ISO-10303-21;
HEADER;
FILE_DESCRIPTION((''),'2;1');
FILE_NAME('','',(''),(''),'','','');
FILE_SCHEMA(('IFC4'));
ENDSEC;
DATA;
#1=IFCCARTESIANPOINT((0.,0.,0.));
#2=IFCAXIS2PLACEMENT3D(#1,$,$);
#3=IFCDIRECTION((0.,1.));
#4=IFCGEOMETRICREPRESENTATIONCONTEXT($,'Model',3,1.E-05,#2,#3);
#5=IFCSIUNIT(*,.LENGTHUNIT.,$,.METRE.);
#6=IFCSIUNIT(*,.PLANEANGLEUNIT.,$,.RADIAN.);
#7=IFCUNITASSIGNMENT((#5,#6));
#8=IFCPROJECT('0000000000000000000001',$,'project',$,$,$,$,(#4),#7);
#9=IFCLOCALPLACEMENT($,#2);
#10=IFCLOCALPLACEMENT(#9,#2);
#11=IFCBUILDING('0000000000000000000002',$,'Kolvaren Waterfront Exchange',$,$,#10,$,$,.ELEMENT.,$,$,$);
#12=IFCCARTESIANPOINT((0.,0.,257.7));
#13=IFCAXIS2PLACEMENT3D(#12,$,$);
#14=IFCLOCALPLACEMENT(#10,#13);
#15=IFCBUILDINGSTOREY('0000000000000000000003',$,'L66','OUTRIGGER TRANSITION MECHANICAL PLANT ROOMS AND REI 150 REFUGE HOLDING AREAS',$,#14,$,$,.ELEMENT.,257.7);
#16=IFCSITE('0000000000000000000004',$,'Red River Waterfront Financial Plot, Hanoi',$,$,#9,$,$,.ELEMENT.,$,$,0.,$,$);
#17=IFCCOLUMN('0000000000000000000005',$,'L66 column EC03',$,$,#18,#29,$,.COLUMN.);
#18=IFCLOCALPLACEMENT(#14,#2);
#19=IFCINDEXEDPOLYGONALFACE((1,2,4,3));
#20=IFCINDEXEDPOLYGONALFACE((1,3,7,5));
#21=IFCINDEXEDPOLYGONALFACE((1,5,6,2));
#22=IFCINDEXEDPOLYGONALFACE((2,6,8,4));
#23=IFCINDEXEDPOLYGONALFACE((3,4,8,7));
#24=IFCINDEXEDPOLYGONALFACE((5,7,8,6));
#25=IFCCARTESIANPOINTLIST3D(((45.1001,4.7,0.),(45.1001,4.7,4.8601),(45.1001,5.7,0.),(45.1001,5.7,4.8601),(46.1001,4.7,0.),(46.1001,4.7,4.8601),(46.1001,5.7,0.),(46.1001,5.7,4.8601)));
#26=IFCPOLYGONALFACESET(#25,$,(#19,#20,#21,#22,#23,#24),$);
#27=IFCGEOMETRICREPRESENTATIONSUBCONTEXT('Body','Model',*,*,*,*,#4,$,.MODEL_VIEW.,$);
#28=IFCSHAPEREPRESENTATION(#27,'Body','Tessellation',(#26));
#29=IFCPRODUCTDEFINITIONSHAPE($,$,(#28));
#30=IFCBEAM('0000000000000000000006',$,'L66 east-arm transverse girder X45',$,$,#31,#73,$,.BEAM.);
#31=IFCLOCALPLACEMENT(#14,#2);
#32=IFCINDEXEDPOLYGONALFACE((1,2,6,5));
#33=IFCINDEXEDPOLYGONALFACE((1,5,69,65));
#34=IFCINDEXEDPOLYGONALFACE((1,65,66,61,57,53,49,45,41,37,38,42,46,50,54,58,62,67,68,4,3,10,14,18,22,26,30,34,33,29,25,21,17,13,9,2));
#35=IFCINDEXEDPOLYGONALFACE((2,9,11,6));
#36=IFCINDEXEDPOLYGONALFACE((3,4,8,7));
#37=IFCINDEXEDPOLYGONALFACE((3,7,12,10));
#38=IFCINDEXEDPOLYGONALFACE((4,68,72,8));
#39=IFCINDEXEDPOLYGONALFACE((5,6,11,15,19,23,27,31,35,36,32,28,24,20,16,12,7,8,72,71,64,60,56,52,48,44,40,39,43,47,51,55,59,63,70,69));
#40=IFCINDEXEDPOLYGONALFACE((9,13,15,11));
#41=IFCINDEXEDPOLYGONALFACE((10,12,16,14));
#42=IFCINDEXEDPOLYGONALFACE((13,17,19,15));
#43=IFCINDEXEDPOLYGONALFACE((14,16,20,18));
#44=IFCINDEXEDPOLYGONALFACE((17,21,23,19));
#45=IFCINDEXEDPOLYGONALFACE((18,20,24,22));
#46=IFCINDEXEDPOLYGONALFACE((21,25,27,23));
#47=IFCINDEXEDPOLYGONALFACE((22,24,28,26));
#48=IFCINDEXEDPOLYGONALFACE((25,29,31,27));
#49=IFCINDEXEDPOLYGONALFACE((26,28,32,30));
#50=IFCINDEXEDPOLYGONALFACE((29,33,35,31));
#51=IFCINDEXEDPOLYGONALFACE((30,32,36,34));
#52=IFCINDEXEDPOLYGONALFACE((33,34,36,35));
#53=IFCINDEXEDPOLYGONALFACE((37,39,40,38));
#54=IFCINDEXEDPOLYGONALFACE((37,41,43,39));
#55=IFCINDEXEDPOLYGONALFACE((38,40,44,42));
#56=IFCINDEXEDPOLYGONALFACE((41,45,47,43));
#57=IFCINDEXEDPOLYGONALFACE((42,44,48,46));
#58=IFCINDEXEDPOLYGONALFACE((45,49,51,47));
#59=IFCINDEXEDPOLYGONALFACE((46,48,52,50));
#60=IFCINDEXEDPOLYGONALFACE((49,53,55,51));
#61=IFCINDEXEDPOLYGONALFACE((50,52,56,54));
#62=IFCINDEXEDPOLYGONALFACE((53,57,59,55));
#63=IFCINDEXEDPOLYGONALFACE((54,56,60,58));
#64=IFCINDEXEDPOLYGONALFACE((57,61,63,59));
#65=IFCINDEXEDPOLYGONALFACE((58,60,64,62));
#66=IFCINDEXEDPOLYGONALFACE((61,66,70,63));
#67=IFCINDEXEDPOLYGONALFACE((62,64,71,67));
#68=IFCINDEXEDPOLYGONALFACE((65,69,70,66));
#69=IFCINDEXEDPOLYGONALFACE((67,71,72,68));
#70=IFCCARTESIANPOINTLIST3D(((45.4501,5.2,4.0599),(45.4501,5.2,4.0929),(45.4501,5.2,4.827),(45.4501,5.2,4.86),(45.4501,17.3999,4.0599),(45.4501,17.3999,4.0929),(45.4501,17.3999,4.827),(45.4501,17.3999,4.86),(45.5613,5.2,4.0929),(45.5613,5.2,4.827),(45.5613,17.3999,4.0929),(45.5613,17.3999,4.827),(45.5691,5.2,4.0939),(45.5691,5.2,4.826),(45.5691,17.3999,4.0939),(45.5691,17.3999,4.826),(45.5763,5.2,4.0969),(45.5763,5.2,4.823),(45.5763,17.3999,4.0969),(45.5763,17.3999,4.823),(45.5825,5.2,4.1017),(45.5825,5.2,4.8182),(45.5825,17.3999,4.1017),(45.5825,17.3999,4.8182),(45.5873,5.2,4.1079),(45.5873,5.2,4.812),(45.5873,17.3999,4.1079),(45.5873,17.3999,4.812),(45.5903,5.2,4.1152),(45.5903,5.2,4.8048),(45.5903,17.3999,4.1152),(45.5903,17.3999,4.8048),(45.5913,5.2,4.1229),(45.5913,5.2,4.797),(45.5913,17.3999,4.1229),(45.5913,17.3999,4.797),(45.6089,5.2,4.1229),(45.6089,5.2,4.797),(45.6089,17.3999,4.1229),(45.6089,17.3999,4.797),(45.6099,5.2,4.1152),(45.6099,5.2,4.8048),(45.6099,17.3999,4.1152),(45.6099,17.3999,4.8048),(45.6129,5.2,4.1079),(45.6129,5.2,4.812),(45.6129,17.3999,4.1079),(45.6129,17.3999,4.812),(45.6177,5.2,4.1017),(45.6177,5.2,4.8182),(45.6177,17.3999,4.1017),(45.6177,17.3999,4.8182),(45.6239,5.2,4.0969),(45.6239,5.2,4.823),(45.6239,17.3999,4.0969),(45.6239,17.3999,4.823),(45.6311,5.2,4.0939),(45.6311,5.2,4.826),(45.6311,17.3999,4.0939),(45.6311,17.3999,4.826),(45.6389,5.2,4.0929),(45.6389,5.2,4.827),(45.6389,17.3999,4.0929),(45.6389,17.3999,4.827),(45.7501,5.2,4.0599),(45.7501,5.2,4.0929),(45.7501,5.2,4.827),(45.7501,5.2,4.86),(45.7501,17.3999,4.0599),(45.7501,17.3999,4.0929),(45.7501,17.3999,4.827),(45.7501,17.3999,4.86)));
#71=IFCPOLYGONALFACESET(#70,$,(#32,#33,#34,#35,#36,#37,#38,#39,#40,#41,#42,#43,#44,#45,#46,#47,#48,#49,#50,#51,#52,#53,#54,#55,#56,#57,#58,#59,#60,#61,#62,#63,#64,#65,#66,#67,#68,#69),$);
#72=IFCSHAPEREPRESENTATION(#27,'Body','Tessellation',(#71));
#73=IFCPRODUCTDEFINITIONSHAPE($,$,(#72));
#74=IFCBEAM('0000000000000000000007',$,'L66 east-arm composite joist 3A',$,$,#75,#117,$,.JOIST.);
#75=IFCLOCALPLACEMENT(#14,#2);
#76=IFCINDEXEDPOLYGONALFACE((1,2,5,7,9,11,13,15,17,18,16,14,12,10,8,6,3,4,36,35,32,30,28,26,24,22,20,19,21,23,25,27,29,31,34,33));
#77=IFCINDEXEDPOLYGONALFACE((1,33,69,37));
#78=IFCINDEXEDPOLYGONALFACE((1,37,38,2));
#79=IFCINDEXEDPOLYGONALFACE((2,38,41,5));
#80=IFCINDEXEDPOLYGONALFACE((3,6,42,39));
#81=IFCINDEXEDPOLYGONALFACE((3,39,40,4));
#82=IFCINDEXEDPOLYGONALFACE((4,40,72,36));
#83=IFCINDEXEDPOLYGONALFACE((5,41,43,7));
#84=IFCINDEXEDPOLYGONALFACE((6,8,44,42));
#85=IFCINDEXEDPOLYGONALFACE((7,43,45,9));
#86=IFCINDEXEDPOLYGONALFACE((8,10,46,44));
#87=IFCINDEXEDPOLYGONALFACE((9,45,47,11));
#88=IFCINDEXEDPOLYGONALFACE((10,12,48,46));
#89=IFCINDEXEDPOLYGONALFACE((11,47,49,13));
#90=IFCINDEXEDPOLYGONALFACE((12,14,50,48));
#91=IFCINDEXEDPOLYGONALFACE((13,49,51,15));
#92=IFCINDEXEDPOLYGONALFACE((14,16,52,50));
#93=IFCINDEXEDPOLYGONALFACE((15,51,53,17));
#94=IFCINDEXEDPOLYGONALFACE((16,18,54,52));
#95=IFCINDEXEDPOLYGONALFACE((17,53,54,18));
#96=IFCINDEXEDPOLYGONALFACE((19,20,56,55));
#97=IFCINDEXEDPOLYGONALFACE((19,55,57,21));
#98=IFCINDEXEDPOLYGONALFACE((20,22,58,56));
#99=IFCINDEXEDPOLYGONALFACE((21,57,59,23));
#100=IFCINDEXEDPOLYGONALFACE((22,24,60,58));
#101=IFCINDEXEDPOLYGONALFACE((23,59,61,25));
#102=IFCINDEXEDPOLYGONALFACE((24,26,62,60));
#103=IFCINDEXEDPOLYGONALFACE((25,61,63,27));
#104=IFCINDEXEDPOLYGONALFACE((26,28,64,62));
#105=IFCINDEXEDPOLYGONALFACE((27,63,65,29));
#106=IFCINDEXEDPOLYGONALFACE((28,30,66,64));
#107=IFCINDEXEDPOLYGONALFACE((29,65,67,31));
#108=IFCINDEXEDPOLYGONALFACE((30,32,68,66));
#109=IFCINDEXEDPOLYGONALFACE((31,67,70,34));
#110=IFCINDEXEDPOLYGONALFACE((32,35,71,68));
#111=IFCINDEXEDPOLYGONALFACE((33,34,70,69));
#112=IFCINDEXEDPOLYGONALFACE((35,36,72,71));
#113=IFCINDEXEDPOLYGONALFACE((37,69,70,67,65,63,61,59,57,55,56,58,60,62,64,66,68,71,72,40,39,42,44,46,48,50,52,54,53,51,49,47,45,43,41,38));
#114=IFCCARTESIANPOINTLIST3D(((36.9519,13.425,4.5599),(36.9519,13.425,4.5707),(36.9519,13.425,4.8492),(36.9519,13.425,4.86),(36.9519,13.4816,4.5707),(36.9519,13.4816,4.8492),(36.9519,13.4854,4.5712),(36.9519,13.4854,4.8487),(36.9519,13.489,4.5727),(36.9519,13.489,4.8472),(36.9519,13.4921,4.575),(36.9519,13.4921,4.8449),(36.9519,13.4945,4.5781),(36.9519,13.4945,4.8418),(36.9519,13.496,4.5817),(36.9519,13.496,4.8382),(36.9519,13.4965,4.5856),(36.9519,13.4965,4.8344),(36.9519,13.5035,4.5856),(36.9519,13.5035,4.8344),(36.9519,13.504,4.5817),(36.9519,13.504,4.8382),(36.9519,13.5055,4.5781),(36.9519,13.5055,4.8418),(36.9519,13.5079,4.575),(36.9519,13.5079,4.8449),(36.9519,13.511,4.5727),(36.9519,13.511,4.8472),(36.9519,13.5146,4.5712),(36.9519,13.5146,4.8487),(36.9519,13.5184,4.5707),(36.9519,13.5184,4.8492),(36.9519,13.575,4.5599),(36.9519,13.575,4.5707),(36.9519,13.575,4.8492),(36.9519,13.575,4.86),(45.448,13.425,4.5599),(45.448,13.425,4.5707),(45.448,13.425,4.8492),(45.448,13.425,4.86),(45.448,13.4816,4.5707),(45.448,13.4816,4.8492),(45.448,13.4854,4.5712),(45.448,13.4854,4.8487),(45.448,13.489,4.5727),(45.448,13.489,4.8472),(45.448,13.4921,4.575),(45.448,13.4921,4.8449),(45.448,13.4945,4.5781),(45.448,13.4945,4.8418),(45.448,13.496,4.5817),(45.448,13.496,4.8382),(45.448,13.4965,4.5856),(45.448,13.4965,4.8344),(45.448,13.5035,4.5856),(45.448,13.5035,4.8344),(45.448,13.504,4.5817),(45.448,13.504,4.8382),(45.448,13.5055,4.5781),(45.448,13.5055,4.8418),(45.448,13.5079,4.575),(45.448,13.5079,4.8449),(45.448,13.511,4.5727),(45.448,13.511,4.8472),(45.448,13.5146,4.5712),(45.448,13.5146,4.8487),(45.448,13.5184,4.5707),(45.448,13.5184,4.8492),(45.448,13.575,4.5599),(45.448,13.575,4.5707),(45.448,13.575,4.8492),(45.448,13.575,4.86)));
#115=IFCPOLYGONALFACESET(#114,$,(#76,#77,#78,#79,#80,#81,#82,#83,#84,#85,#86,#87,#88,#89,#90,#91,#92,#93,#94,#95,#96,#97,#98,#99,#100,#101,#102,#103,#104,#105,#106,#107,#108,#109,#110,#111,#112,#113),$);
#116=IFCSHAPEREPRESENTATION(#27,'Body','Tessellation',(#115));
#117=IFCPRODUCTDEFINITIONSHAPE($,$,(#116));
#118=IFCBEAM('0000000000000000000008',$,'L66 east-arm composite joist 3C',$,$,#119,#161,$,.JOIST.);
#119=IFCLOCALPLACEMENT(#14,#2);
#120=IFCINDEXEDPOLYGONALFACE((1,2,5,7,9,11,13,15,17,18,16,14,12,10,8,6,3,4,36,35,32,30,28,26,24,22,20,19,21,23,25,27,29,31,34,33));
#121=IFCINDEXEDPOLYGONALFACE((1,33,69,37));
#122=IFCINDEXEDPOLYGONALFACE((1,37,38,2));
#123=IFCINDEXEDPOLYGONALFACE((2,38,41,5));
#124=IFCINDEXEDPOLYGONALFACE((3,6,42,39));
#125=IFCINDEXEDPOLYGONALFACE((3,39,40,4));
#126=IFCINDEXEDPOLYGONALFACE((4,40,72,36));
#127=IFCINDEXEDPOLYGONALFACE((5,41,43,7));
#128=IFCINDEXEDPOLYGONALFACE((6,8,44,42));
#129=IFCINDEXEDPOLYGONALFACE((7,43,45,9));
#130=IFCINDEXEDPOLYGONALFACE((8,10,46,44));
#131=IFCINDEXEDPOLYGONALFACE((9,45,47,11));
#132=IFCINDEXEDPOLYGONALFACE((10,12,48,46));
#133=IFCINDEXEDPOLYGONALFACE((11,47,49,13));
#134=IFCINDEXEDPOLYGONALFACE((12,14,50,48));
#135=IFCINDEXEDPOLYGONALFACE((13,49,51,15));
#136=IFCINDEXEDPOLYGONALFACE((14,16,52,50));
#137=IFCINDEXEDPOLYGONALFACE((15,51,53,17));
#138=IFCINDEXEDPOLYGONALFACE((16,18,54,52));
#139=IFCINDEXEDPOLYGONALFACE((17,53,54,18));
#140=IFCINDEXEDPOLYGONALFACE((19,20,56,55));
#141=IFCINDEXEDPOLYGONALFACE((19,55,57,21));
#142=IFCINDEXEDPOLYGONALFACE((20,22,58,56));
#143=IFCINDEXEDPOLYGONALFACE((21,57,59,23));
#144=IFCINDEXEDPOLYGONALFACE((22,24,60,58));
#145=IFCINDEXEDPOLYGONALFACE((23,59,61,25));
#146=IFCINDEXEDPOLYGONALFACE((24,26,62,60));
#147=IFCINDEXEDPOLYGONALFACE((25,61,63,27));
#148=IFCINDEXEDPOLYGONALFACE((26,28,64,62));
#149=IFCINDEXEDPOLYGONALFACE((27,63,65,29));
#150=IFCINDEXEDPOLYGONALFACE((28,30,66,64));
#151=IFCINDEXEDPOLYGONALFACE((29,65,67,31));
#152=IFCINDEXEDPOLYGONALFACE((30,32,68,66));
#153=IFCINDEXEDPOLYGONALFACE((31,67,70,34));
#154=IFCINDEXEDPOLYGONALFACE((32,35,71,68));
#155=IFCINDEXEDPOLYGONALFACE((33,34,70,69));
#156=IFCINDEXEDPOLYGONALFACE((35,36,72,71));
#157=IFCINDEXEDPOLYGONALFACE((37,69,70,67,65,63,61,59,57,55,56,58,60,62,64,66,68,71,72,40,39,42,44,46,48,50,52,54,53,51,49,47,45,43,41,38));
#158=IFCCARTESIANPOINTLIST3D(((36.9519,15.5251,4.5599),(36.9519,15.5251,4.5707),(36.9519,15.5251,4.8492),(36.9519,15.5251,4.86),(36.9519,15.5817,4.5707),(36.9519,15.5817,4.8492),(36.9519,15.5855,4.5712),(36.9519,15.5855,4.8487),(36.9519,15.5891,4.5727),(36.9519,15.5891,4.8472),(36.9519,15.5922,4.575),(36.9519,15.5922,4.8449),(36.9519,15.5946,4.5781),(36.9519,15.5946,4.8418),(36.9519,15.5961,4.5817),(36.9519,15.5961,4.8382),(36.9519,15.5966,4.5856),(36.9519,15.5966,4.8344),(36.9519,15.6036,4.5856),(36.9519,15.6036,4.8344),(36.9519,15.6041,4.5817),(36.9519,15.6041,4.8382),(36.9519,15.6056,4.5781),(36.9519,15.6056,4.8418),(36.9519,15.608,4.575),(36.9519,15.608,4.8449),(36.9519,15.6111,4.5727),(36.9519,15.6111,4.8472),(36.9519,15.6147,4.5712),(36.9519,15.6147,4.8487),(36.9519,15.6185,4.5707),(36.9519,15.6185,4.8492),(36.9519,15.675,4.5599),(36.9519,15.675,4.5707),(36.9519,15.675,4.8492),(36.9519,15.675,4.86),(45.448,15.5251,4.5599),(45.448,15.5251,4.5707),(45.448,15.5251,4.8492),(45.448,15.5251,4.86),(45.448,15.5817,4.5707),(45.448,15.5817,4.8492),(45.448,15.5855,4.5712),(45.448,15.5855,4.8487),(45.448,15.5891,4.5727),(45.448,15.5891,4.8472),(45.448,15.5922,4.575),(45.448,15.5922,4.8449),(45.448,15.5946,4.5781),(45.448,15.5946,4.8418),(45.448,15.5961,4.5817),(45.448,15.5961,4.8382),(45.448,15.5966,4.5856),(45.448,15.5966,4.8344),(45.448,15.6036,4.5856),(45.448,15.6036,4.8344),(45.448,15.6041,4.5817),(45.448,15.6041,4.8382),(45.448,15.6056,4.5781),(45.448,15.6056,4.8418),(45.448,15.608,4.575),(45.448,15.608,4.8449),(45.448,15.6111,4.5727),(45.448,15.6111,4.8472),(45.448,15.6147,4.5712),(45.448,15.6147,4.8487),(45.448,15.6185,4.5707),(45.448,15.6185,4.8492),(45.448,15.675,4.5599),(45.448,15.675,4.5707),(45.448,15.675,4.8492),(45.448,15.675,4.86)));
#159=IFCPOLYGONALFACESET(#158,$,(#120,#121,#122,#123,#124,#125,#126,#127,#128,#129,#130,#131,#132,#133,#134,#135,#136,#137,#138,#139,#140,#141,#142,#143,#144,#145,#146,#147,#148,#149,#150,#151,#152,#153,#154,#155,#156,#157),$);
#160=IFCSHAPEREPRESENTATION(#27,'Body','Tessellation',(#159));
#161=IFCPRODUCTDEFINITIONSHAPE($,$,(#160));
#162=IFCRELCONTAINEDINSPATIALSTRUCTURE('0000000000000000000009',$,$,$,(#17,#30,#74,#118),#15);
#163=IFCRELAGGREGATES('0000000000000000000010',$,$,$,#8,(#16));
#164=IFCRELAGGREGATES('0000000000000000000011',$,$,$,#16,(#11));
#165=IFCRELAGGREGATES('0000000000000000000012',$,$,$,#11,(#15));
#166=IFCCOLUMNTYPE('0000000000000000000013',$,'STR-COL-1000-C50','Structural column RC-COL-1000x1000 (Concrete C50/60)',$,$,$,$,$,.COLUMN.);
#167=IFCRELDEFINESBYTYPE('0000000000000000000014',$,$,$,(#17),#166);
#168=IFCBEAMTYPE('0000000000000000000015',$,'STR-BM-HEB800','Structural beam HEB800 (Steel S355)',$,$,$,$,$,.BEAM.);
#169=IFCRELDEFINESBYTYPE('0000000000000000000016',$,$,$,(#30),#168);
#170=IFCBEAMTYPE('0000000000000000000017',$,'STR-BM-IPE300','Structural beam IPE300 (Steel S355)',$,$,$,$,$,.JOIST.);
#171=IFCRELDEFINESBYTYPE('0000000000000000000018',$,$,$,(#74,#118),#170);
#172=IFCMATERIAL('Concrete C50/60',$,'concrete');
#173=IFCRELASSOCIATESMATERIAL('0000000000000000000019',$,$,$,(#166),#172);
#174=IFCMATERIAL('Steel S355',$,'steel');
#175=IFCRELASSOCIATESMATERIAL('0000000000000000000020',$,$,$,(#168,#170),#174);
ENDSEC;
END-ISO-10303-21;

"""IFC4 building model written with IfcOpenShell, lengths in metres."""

from ifc_helpers import new_model, si_unit, direction, frame, origin, origin_2d, place, context, subcontext, project, spatial, rectangle, i_section, extrude, material, material_profile, profile_set, type_object, element, save


model = new_model("IFC4")

# Units and contexts
model_context = context("Model", 3, precision=1e-05, world=origin(), true_north=direction((0.0, 1.0)))
body_context = subcontext(model_context, "Body", "Model", "MODEL_VIEW")
ifc_project = project(units=[si_unit("LENGTHUNIT", "METRE"), si_unit("PLANEANGLEUNIT", "RADIAN")], contexts=[model_context])

# Site, building, storey
site_placement = place(None, origin())
site = spatial("IfcSite", under=ifc_project, at=site_placement, Name="Red River Waterfront Financial Plot, Hanoi", CompositionType="ELEMENT", RefElevation=0.0)
building_placement = place(site_placement, origin())
building = spatial("IfcBuilding", under=site, at=building_placement, Name="Kolvaren Waterfront Exchange", CompositionType="ELEMENT")
storey_placement = place(building_placement, frame((0.0, 0.0, 257.7)))
storey = spatial("IfcBuildingStorey", under=building, at=storey_placement, Name="L66", Description="OUTRIGGER TRANSITION MECHANICAL PLANT ROOMS AND REI 150 REFUGE HOLDING AREAS", CompositionType="ELEMENT", Elevation=257.7)

# Column
ifc_material_1 = material(Name="Concrete C50/60", Category="concrete")
ifc_material_profile_1 = material_profile(ifc_material_1, rectangle(XDim=1.0, YDim=1.0, at=origin_2d()), Name="RC-COL-1000x1000")
ifc_profile_set_1 = profile_set([ifc_material_profile_1], Name="Concrete C50/60")
column_type = type_object("IfcColumnType", Name="STR-COL-1000-C50", Description="Structural column RC-COL-1000x1000 (Concrete C50/60)", PredefinedType="COLUMN", material=ifc_profile_set_1)
column_placement = place(storey_placement, frame((45.6001, 5.2, 0.0), z_axis=(0.0, 0.0, 1.0), x_axis=(1.0, 0.0, 0.0)))
element("IfcColumn", 1, at=column_placement, inside=storey, type_object=column_type, Name="L66 column EC03", PredefinedType="COLUMN", context=body_context, shape_type="SweptSolid", body=[
    extrude(rectangle(XDim=1.0, YDim=1.0, at=origin_2d()), origin(), (0.0, 0.0, 1.0), 4.8601),
])

# Beams
ifc_material_2 = material(Name="Steel S355", Category="steel")
ifc_material_profile_2 = material_profile(ifc_material_2, i_section(OverallWidth=0.3, OverallDepth=0.8, WebThickness=0.0176, FlangeThickness=0.033, FilletRadius=0.03, at=origin_2d()), Name="HEB800")
ifc_profile_set_2 = profile_set([ifc_material_profile_2], Name="Steel S355")
beam_type_1 = type_object("IfcBeamType", Name="STR-BM-HEB800", Description="Structural beam HEB800 (Steel S355)", PredefinedType="BEAM", material=ifc_profile_set_2)
beam_placement = place(storey_placement, frame((45.6001, 5.2, 4.46), z_axis=(0.0, 1.0, 0.0), x_axis=(-1.0, 0.0, 0.0)))
element("IfcBeam", 2, at=beam_placement, inside=storey, type_object=beam_type_1, Name="L66 east-arm transverse girder X45", PredefinedType="BEAM", context=body_context, shape_type="SweptSolid", body=[
    extrude(i_section(OverallWidth=0.3, OverallDepth=0.8, WebThickness=0.0176, FlangeThickness=0.033, FilletRadius=0.03, at=origin_2d()), origin(), (0.0, 0.0, 1.0), 12.2),
])
ifc_material_profile_3 = material_profile(ifc_material_2, i_section(OverallWidth=0.1499, OverallDepth=0.3, WebThickness=0.0071, FlangeThickness=0.0107, FilletRadius=0.0149, at=origin_2d()), Name="IPE300")
ifc_profile_set_3 = profile_set([ifc_material_profile_3], Name="Steel S355")
beam_type_2 = type_object("IfcBeamType", Name="STR-BM-IPE300", Description="Structural beam IPE300 (Steel S355)", PredefinedType="JOIST", material=ifc_profile_set_3)
for number, where, z_axis, x_axis, name in (
    (3, (36.9519, 13.5, 4.71), (1.0, 0.0, 0.0), (0.0, 1.0, 0.0), "L66 east-arm composite joist 3A"),
    (4, (36.9519, 15.6001, 4.71), (1.0, 0.0, 0.0), (0.0, 1.0, 0.0), "L66 east-arm composite joist 3C"),
):
    element("IfcBeam", number, at=place(storey_placement, frame(where, z_axis=z_axis, x_axis=x_axis)), inside=storey, type_object=beam_type_2, Name=name, PredefinedType="JOIST", context=body_context, shape_type="SweptSolid", body=[
        extrude(i_section(OverallWidth=0.1499, OverallDepth=0.3, WebThickness=0.0071, FlangeThickness=0.0107, FilletRadius=0.0149, at=origin_2d()), origin(), (0.0, 0.0, 1.0), 8.4961),
    ])

save(model, "model.ifc")
